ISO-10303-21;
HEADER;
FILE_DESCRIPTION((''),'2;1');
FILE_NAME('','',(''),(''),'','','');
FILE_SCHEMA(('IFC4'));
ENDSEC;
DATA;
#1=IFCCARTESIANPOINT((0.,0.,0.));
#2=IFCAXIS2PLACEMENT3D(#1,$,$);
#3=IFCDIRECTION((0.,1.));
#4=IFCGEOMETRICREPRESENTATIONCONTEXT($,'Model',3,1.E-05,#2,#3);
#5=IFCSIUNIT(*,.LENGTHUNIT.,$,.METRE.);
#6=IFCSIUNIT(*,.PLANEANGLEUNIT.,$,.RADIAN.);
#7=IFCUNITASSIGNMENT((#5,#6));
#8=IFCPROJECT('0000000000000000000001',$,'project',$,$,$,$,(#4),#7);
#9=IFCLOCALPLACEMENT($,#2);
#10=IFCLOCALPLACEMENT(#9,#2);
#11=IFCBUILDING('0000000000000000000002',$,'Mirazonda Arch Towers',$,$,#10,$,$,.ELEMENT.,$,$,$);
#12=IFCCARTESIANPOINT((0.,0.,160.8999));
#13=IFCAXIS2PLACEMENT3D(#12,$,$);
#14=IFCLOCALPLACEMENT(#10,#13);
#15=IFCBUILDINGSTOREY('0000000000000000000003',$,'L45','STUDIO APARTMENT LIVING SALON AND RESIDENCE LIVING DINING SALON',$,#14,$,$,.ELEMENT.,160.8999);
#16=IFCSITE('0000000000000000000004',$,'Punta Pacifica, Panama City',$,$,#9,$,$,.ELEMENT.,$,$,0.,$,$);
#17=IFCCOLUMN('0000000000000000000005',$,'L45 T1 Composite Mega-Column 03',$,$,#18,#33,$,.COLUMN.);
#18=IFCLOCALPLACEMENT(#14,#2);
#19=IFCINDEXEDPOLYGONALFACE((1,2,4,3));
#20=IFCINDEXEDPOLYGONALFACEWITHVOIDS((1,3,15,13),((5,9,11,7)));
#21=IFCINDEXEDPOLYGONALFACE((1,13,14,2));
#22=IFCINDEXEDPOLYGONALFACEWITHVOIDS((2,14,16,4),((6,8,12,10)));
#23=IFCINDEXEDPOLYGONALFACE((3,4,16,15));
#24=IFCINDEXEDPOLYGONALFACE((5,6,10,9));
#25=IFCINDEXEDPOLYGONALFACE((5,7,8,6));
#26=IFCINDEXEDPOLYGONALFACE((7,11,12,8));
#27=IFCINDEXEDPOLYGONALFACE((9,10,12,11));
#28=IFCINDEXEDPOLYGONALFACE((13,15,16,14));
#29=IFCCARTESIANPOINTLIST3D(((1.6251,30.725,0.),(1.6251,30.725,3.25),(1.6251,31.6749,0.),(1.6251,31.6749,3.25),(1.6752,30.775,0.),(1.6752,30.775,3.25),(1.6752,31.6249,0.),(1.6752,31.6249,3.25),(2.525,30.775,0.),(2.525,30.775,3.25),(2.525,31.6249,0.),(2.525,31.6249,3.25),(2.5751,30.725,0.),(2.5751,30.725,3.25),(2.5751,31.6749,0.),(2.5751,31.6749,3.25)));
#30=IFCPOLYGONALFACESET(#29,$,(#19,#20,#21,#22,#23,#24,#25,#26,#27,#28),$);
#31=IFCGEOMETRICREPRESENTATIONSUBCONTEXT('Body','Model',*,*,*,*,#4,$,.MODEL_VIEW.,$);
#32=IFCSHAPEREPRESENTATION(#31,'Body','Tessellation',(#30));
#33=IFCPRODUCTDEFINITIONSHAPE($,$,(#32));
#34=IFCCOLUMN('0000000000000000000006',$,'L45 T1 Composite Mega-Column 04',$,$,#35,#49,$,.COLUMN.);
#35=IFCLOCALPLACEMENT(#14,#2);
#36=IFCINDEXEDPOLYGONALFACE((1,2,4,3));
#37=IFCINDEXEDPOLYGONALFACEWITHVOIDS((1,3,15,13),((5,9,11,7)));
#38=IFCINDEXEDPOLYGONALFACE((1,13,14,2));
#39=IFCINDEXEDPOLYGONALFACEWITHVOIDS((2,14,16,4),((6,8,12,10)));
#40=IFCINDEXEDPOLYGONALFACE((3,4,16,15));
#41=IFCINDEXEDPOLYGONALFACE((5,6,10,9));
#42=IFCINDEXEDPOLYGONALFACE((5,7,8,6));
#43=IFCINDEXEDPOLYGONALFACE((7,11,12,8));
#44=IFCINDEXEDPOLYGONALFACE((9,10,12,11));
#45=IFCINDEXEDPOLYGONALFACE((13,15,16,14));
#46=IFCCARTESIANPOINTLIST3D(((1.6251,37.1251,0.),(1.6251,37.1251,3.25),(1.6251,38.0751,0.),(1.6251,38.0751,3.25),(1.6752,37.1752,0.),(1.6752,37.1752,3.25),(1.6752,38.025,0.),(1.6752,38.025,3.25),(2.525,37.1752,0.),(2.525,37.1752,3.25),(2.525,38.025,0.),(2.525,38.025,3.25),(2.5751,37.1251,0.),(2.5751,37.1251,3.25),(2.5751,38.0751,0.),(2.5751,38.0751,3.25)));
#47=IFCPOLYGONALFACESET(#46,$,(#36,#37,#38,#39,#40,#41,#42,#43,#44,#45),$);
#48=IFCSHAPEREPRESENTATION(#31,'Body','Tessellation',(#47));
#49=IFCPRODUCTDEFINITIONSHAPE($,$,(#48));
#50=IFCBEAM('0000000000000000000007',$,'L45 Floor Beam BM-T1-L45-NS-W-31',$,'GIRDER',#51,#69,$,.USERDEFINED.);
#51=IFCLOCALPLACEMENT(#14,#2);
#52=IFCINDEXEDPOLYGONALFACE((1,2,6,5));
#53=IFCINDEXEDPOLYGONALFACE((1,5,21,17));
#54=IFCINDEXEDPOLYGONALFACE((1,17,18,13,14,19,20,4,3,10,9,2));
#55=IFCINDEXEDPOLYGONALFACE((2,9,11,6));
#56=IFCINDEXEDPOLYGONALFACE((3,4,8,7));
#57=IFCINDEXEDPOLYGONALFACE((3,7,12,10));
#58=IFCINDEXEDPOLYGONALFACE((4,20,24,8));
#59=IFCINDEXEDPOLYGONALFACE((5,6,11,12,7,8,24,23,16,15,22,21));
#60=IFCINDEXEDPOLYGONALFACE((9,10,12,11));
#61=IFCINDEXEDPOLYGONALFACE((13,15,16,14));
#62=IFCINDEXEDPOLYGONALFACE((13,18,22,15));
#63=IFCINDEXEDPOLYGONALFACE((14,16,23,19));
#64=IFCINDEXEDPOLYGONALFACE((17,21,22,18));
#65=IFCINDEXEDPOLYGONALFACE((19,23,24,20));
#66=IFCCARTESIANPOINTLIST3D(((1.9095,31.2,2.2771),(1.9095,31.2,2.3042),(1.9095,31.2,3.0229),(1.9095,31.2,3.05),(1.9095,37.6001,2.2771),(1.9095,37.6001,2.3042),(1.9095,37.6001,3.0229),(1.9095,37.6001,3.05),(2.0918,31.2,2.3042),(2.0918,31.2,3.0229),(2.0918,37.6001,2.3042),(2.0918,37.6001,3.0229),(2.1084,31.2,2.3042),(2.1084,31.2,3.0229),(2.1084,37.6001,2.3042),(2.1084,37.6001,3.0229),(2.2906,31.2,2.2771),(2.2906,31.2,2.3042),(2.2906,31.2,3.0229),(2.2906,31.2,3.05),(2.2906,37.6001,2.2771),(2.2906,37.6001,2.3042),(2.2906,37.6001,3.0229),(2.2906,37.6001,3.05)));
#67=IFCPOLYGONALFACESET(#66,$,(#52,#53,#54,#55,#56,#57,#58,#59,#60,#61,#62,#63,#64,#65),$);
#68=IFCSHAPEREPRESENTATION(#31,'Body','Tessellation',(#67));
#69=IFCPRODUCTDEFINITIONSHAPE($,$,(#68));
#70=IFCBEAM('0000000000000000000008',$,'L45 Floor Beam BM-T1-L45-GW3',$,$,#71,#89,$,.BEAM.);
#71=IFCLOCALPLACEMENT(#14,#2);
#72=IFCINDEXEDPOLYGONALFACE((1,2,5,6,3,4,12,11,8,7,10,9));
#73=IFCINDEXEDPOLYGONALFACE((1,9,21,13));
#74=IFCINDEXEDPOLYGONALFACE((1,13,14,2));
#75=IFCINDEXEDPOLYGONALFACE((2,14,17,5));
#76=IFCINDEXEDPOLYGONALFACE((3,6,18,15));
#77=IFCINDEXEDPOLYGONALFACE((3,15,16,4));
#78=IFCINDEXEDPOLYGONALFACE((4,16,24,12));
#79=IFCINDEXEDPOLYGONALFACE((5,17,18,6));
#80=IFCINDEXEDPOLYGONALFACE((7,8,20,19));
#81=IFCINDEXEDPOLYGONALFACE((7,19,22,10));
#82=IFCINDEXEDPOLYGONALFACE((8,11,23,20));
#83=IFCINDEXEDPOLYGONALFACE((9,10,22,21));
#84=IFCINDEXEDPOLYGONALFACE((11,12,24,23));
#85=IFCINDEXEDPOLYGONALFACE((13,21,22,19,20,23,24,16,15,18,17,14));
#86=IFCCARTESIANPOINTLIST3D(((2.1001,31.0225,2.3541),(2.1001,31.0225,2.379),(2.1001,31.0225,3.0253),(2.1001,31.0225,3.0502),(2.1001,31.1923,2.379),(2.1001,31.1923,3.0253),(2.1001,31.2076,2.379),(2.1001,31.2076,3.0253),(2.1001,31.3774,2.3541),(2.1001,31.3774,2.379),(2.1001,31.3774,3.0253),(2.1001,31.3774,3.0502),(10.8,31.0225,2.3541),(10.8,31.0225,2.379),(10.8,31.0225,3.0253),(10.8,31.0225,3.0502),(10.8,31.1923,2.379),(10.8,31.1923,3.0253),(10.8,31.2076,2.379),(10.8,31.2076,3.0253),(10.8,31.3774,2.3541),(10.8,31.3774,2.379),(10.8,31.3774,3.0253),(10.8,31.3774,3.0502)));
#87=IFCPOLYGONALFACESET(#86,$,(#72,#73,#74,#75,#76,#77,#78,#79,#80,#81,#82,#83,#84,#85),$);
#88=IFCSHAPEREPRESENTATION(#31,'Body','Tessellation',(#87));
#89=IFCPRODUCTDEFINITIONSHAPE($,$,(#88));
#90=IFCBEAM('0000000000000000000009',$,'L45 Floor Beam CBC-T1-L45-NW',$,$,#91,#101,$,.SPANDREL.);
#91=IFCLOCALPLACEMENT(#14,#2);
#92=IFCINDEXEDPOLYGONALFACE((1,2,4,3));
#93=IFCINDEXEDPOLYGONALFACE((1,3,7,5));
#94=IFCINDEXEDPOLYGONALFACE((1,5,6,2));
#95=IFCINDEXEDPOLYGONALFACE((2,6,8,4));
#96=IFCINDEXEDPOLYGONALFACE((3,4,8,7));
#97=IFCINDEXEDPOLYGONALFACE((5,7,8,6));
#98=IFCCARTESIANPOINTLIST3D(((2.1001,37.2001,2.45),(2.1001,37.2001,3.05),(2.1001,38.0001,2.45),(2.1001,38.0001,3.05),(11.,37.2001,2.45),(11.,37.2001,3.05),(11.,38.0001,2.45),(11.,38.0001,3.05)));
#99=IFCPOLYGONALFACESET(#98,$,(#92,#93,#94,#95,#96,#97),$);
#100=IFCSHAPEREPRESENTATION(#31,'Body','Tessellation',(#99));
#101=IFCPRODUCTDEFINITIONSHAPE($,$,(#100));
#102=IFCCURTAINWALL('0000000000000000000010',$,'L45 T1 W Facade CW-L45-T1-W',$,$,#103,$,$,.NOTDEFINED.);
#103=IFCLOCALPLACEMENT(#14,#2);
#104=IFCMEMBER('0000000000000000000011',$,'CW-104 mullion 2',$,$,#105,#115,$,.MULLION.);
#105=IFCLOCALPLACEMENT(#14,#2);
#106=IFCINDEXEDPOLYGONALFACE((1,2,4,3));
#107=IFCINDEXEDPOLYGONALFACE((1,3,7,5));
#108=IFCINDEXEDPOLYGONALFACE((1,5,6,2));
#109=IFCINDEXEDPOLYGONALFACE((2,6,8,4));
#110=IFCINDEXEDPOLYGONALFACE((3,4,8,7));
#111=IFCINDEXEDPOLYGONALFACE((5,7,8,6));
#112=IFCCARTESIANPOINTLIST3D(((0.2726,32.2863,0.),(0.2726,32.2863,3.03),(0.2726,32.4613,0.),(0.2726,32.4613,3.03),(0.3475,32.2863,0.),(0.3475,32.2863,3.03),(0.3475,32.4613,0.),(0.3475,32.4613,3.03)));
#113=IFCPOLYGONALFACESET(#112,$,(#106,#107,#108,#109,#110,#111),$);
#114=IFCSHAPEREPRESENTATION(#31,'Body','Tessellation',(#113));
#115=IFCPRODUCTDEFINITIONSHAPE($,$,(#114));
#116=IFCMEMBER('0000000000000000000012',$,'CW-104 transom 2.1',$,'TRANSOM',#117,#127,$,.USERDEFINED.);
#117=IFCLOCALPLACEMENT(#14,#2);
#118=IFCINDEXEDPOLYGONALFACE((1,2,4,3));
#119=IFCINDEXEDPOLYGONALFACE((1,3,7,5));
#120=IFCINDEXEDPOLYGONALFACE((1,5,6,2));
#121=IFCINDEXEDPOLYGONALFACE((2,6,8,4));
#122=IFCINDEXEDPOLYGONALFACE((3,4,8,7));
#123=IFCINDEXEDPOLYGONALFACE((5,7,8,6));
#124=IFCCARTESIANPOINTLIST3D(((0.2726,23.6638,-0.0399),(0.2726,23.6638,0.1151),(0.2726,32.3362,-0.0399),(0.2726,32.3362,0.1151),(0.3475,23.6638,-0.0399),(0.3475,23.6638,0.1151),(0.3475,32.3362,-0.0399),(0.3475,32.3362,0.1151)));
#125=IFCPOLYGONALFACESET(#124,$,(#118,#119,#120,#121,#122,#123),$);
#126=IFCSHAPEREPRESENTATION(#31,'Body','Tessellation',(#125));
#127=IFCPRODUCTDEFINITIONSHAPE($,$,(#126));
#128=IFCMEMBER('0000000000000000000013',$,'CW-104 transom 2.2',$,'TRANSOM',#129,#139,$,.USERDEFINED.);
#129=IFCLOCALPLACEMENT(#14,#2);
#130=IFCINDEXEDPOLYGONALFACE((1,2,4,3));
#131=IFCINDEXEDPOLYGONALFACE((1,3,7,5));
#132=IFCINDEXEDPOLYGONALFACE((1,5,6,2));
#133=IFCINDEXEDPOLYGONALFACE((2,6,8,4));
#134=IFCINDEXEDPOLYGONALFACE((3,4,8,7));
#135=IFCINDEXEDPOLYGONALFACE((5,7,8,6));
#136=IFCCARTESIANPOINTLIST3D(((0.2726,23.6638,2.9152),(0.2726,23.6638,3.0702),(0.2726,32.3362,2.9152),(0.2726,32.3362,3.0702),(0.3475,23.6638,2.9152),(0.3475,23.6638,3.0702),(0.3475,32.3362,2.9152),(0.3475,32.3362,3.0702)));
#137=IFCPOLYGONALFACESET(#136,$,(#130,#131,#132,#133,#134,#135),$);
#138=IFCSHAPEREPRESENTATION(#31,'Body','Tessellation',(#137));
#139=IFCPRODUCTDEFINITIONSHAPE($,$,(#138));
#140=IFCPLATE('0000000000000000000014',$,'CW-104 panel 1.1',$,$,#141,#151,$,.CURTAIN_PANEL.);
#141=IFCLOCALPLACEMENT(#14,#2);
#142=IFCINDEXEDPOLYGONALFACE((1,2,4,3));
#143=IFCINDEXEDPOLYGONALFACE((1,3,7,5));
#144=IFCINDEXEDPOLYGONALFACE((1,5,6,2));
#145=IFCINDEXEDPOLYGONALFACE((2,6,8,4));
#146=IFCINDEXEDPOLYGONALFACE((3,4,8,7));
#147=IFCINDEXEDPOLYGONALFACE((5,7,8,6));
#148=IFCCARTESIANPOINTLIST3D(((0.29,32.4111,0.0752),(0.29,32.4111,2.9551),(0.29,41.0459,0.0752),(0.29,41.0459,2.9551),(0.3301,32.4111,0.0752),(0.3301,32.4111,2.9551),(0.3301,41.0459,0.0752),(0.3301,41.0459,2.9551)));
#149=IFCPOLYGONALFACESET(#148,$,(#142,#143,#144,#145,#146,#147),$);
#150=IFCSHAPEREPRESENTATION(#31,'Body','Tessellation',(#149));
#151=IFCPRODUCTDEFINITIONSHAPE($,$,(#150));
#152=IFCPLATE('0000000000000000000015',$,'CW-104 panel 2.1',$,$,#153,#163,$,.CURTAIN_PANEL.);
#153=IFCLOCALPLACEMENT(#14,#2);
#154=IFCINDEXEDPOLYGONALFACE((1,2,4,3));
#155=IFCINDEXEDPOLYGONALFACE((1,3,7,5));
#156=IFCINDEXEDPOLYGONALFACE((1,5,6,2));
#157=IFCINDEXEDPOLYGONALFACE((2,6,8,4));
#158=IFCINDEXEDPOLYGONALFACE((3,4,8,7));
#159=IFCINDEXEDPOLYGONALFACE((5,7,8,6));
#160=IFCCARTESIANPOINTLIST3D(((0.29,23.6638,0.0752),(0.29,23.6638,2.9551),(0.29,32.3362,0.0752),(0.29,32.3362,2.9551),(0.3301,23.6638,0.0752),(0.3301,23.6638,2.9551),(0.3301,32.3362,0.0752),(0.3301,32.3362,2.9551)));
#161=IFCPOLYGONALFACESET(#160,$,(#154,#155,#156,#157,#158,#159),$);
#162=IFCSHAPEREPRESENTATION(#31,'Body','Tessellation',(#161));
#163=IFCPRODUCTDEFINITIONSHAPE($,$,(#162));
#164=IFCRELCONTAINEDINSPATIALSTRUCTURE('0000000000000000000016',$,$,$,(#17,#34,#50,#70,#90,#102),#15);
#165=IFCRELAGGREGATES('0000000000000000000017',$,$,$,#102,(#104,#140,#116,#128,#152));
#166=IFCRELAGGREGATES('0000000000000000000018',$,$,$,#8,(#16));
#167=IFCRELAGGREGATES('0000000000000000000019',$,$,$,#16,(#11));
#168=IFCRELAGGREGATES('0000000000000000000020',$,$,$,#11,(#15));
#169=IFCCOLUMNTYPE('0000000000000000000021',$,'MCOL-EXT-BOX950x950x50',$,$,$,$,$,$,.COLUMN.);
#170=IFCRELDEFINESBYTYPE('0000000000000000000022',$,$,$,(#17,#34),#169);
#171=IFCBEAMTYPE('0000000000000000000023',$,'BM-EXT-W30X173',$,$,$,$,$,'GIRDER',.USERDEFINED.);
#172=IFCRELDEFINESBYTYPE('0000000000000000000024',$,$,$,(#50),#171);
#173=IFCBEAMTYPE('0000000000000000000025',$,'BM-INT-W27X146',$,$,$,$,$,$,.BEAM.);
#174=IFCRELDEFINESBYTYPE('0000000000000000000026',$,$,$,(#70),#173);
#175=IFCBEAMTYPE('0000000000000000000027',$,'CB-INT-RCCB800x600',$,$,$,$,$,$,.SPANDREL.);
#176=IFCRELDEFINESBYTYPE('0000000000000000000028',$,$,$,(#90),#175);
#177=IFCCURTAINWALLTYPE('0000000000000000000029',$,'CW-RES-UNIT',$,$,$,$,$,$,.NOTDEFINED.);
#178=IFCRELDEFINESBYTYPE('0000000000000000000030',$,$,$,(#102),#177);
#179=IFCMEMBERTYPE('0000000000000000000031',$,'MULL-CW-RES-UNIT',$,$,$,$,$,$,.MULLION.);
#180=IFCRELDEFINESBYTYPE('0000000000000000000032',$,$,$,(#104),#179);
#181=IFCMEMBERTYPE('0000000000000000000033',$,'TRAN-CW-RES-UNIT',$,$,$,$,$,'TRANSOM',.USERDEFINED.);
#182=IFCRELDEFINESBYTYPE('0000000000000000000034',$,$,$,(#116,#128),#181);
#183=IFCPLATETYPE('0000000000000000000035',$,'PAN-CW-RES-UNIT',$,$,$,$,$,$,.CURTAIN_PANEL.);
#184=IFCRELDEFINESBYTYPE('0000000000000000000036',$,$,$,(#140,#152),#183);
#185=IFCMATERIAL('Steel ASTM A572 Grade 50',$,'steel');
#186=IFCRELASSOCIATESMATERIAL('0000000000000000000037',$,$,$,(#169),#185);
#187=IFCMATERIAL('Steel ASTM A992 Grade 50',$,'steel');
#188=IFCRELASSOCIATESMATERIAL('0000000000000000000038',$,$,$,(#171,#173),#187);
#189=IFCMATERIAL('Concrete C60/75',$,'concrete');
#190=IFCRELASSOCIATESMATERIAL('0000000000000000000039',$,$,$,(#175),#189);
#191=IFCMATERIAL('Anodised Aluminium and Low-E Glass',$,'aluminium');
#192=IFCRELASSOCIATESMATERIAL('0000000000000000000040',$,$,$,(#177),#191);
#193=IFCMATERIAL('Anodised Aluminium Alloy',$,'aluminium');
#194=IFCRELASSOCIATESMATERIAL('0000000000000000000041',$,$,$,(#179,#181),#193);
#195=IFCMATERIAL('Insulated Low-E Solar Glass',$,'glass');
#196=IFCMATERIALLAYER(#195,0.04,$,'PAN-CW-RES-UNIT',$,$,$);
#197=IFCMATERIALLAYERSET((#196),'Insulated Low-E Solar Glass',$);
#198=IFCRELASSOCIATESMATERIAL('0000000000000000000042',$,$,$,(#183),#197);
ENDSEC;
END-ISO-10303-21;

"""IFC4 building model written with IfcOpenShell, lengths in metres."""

from ifc_helpers import new_model, si_unit, direction, frame, origin, origin_2d, place, context, subcontext, project, spatial, rectangle, hollow_rectangle, i_section, extrude, material, layer, layer_set, material_profile, profile_set, type_object, element, aggregate, save


model = new_model("IFC4")

# Units and contexts
model_context = context("Model", 3, precision=1e-05, world=origin(), true_north=direction((0.0, 1.0)))
body_context = subcontext(model_context, "Body", "Model", "MODEL_VIEW")
ifc_project = project(units=[si_unit("LENGTHUNIT", "METRE"), si_unit("PLANEANGLEUNIT", "RADIAN")], contexts=[model_context])

# Site, building, storey
site_placement = place(None, origin())
site = spatial("IfcSite", under=ifc_project, at=site_placement, Name="Punta Pacifica, Panama City", CompositionType="ELEMENT", RefElevation=0.0)
building_placement = place(site_placement, origin())
building = spatial("IfcBuilding", under=site, at=building_placement, Name="Mirazonda Arch Towers", CompositionType="ELEMENT")
storey_placement = place(building_placement, frame((0.0, 0.0, 160.8999)))
storey = spatial("IfcBuildingStorey", under=building, at=storey_placement, Name="L45", Description="STUDIO APARTMENT LIVING SALON AND RESIDENCE LIVING DINING SALON", CompositionType="ELEMENT", Elevation=160.8999)

# Columns
ifc_material_1 = material(Name="Steel ASTM A572 Grade 50", Category="steel")
ifc_material_profile_1 = material_profile(ifc_material_1, hollow_rectangle(XDim=0.95, YDim=0.95, WallThickness=0.05, at=origin_2d()), Name="BOX950x950x50")
ifc_profile_set_1 = profile_set([ifc_material_profile_1], Name="Steel ASTM A572 Grade 50")
column_type = type_object("IfcColumnType", Name="MCOL-EXT-BOX950x950x50", PredefinedType="COLUMN", material=ifc_profile_set_1)
for number, where, z_axis, x_axis, name in (
    (1, (2.1001, 31.2, 0.0), (0.0, 0.0, 1.0), (1.0, 0.0, 0.0), "L45 T1 Composite Mega-Column 03"),
    (2, (2.1001, 37.6001, 0.0), (0.0, 0.0, 1.0), (1.0, 0.0, 0.0), "L45 T1 Composite Mega-Column 04"),
):
    element("IfcColumn", number, at=place(storey_placement, frame(where, z_axis=z_axis, x_axis=x_axis)), inside=storey, type_object=column_type, Name=name, PredefinedType="COLUMN", context=body_context, shape_type="SweptSolid", body=[
        extrude(hollow_rectangle(XDim=0.95, YDim=0.95, WallThickness=0.05, at=origin_2d()), origin(), (0.0, 0.0, 1.0), 3.25),
    ])

# Beams
ifc_material_2 = material(Name="Steel ASTM A992 Grade 50", Category="steel")
ifc_material_profile_2 = material_profile(ifc_material_2, i_section(OverallWidth=0.3811, OverallDepth=0.7729, WebThickness=0.0166, FlangeThickness=0.0271, at=origin_2d()), Name="W30X173")
ifc_profile_set_2 = profile_set([ifc_material_profile_2], Name="Steel ASTM A992 Grade 50")
beam_type_1 = type_object("IfcBeamType", Name="BM-EXT-W30X173", ElementType="GIRDER", PredefinedType="USERDEFINED", material=ifc_profile_set_2)
beam_1_placement = place(storey_placement, frame((2.1001, 31.2, 2.6636), z_axis=(0.0, 1.0, 0.0), x_axis=(-1.0, 0.0, 0.0)))
element("IfcBeam", 3, at=beam_1_placement, inside=storey, type_object=beam_type_1, Name="L45 Floor Beam BM-T1-L45-NS-W-31", ObjectType="GIRDER", PredefinedType="USERDEFINED", context=body_context, shape_type="SweptSolid", body=[
    extrude(i_section(OverallWidth=0.3811, OverallDepth=0.7729, WebThickness=0.0166, FlangeThickness=0.0271, at=origin_2d()), origin(), (0.0, 0.0, 1.0), 6.4001),
])
ifc_material_profile_3 = material_profile(ifc_material_2, i_section(OverallWidth=0.355, OverallDepth=0.696, WebThickness=0.0154, FlangeThickness=0.0249, at=origin_2d()), Name="W27X146")
ifc_profile_set_3 = profile_set([ifc_material_profile_3], Name="Steel ASTM A992 Grade 50")
beam_type_2 = type_object("IfcBeamType", Name="BM-INT-W27X146", PredefinedType="BEAM", material=ifc_profile_set_3)
beam_2_placement = place(storey_placement, frame((2.1001, 31.2, 2.7021), z_axis=(1.0, 0.0, 0.0), x_axis=(0.0, 1.0, 0.0)))
element("IfcBeam", 4, at=beam_2_placement, inside=storey, type_object=beam_type_2, Name="L45 Floor Beam BM-T1-L45-GW3", PredefinedType="BEAM", context=body_context, shape_type="SweptSolid", body=[
    extrude(i_section(OverallWidth=0.355, OverallDepth=0.696, WebThickness=0.0154, FlangeThickness=0.0249, at=origin_2d()), origin(), (0.0, 0.0, 1.0), 8.7),
])
ifc_material_3 = material(Name="Concrete C60/75", Category="concrete")
ifc_material_profile_4 = material_profile(ifc_material_3, rectangle(XDim=0.8, YDim=0.6001, at=origin_2d()), Name="RCCB800x600")
ifc_profile_set_4 = profile_set([ifc_material_profile_4], Name="Concrete C60/75")
beam_type_3 = type_object("IfcBeamType", Name="CB-INT-RCCB800x600", PredefinedType="SPANDREL", material=ifc_profile_set_4)
beam_3_placement = place(storey_placement, frame((2.1001, 37.6001, 2.75), z_axis=(1.0, 0.0, 0.0), x_axis=(0.0, 1.0, 0.0)))
element("IfcBeam", 5, at=beam_3_placement, inside=storey, type_object=beam_type_3, Name="L45 Floor Beam CBC-T1-L45-NW", PredefinedType="SPANDREL", context=body_context, shape_type="SweptSolid", body=[
    extrude(rectangle(XDim=0.8, YDim=0.6001, at=origin_2d()), origin(), (0.0, 0.0, 1.0), 8.8999),
])

# Curtain wall, members, plates
ifc_material_4 = material(Name="Anodised Aluminium and Low-E Glass", Category="aluminium")
curtain_wall_type = type_object("IfcCurtainWallType", Name="CW-RES-UNIT", PredefinedType="NOTDEFINED", material=ifc_material_4)
curtain_wall_placement = place(storey_placement, origin())
curtain_wall = element("IfcCurtainWall", 6, at=curtain_wall_placement, inside=storey, type_object=curtain_wall_type, Name="L45 T1 W Facade CW-L45-T1-W", PredefinedType="NOTDEFINED")
ifc_material_5 = material(Name="Anodised Aluminium Alloy", Category="aluminium")
ifc_material_profile_5 = material_profile(ifc_material_5, rectangle(XDim=0.075, YDim=0.175, at=origin_2d()), Name="ALU-MULL-75x175")
ifc_profile_set_5 = profile_set([ifc_material_profile_5], Name="Anodised Aluminium Alloy")
member_type_1 = type_object("IfcMemberType", Name="MULL-CW-RES-UNIT", PredefinedType="MULLION", material=ifc_profile_set_5)
member_1_placement = place(storey_placement, frame((0.3101, 32.3738, 0.0), z_axis=(0.0, 0.0, 1.0), x_axis=(1.0, 0.0, 0.0)))
member_1 = element("IfcMember", 7, at=member_1_placement, type_object=member_type_1, Name="CW-104 mullion 2", PredefinedType="MULLION", context=body_context, shape_type="SweptSolid", body=[
    extrude(rectangle(XDim=0.075, YDim=0.175, at=origin_2d()), origin(), (0.0, 0.0, 1.0), 3.03),
])
ifc_material_profile_6 = material_profile(ifc_material_5, rectangle(XDim=0.075, YDim=0.155, at=origin_2d()), Name="ALU-TRAN-75x155")
ifc_profile_set_6 = profile_set([ifc_material_profile_6], Name="Anodised Aluminium Alloy")
member_type_2 = type_object("IfcMemberType", Name="TRAN-CW-RES-UNIT", ElementType="TRANSOM", PredefinedType="USERDEFINED", material=ifc_profile_set_6)
member_2_placement = place(storey_placement, frame((0.3101, 32.3362, 0.0376), z_axis=(0.0, -1.0, 0.0), x_axis=(1.0, 0.0, 0.0)))
member_2 = element("IfcMember", 8, at=member_2_placement, type_object=member_type_2, Name="CW-104 transom 2.1", ObjectType="TRANSOM", PredefinedType="USERDEFINED", context=body_context, shape_type="SweptSolid", body=[
    extrude(rectangle(XDim=0.075, YDim=0.155, at=origin_2d()), origin(), (0.0, 0.0, 1.0), 8.6724),
])
member_3_placement = place(storey_placement, frame((0.3101, 32.3362, 2.9927), z_axis=(0.0, -1.0, 0.0), x_axis=(1.0, 0.0, 0.0)))
member_3 = element("IfcMember", 9, at=member_3_placement, type_object=member_type_2, Name="CW-104 transom 2.2", ObjectType="TRANSOM", PredefinedType="USERDEFINED", context=body_context, shape_type="SweptSolid", body=[
    extrude(rectangle(XDim=0.075, YDim=0.155, at=origin_2d()), origin(), (0.0, 0.0, 1.0), 8.6724),
])
ifc_material_6 = material(Name="Insulated Low-E Solar Glass", Category="glass")
ifc_layer_1 = layer(ifc_material_6, 0.04, Name="PAN-CW-RES-UNIT")
ifc_layer_set_1 = layer_set([ifc_layer_1], Name="Insulated Low-E Solar Glass")
plate_type = type_object("IfcPlateType", Name="PAN-CW-RES-UNIT", PredefinedType="CURTAIN_PANEL", material=ifc_layer_set_1)
plate_1_placement = place(storey_placement, frame((0.3101, 36.7285, 0.0752), z_axis=(0.0, 0.0, 1.0), x_axis=(0.0, -1.0, 0.0)))
plate_1 = element("IfcPlate", 10, at=plate_1_placement, type_object=plate_type, Name="CW-104 panel 1.1", PredefinedType="CURTAIN_PANEL", context=body_context, shape_type="SweptSolid", body=[
    extrude(rectangle(XDim=8.6348, YDim=0.04, at=origin_2d()), origin(), (0.0, 0.0, 1.0), 2.8799),
])
plate_2_placement = place(storey_placement, frame((0.3101, 28.0, 0.0752), z_axis=(0.0, 0.0, 1.0), x_axis=(0.0, -1.0, 0.0)))
plate_2 = element("IfcPlate", 11, at=plate_2_placement, type_object=plate_type, Name="CW-104 panel 2.1", PredefinedType="CURTAIN_PANEL", context=body_context, shape_type="SweptSolid", body=[
    extrude(rectangle(XDim=8.6724, YDim=0.04, at=origin_2d()), origin(), (0.0, 0.0, 1.0), 2.8799),
])
aggregate(curtain_wall, [member_1, plate_1, member_2, member_3, plate_2])

save(model, "model.ifc")
